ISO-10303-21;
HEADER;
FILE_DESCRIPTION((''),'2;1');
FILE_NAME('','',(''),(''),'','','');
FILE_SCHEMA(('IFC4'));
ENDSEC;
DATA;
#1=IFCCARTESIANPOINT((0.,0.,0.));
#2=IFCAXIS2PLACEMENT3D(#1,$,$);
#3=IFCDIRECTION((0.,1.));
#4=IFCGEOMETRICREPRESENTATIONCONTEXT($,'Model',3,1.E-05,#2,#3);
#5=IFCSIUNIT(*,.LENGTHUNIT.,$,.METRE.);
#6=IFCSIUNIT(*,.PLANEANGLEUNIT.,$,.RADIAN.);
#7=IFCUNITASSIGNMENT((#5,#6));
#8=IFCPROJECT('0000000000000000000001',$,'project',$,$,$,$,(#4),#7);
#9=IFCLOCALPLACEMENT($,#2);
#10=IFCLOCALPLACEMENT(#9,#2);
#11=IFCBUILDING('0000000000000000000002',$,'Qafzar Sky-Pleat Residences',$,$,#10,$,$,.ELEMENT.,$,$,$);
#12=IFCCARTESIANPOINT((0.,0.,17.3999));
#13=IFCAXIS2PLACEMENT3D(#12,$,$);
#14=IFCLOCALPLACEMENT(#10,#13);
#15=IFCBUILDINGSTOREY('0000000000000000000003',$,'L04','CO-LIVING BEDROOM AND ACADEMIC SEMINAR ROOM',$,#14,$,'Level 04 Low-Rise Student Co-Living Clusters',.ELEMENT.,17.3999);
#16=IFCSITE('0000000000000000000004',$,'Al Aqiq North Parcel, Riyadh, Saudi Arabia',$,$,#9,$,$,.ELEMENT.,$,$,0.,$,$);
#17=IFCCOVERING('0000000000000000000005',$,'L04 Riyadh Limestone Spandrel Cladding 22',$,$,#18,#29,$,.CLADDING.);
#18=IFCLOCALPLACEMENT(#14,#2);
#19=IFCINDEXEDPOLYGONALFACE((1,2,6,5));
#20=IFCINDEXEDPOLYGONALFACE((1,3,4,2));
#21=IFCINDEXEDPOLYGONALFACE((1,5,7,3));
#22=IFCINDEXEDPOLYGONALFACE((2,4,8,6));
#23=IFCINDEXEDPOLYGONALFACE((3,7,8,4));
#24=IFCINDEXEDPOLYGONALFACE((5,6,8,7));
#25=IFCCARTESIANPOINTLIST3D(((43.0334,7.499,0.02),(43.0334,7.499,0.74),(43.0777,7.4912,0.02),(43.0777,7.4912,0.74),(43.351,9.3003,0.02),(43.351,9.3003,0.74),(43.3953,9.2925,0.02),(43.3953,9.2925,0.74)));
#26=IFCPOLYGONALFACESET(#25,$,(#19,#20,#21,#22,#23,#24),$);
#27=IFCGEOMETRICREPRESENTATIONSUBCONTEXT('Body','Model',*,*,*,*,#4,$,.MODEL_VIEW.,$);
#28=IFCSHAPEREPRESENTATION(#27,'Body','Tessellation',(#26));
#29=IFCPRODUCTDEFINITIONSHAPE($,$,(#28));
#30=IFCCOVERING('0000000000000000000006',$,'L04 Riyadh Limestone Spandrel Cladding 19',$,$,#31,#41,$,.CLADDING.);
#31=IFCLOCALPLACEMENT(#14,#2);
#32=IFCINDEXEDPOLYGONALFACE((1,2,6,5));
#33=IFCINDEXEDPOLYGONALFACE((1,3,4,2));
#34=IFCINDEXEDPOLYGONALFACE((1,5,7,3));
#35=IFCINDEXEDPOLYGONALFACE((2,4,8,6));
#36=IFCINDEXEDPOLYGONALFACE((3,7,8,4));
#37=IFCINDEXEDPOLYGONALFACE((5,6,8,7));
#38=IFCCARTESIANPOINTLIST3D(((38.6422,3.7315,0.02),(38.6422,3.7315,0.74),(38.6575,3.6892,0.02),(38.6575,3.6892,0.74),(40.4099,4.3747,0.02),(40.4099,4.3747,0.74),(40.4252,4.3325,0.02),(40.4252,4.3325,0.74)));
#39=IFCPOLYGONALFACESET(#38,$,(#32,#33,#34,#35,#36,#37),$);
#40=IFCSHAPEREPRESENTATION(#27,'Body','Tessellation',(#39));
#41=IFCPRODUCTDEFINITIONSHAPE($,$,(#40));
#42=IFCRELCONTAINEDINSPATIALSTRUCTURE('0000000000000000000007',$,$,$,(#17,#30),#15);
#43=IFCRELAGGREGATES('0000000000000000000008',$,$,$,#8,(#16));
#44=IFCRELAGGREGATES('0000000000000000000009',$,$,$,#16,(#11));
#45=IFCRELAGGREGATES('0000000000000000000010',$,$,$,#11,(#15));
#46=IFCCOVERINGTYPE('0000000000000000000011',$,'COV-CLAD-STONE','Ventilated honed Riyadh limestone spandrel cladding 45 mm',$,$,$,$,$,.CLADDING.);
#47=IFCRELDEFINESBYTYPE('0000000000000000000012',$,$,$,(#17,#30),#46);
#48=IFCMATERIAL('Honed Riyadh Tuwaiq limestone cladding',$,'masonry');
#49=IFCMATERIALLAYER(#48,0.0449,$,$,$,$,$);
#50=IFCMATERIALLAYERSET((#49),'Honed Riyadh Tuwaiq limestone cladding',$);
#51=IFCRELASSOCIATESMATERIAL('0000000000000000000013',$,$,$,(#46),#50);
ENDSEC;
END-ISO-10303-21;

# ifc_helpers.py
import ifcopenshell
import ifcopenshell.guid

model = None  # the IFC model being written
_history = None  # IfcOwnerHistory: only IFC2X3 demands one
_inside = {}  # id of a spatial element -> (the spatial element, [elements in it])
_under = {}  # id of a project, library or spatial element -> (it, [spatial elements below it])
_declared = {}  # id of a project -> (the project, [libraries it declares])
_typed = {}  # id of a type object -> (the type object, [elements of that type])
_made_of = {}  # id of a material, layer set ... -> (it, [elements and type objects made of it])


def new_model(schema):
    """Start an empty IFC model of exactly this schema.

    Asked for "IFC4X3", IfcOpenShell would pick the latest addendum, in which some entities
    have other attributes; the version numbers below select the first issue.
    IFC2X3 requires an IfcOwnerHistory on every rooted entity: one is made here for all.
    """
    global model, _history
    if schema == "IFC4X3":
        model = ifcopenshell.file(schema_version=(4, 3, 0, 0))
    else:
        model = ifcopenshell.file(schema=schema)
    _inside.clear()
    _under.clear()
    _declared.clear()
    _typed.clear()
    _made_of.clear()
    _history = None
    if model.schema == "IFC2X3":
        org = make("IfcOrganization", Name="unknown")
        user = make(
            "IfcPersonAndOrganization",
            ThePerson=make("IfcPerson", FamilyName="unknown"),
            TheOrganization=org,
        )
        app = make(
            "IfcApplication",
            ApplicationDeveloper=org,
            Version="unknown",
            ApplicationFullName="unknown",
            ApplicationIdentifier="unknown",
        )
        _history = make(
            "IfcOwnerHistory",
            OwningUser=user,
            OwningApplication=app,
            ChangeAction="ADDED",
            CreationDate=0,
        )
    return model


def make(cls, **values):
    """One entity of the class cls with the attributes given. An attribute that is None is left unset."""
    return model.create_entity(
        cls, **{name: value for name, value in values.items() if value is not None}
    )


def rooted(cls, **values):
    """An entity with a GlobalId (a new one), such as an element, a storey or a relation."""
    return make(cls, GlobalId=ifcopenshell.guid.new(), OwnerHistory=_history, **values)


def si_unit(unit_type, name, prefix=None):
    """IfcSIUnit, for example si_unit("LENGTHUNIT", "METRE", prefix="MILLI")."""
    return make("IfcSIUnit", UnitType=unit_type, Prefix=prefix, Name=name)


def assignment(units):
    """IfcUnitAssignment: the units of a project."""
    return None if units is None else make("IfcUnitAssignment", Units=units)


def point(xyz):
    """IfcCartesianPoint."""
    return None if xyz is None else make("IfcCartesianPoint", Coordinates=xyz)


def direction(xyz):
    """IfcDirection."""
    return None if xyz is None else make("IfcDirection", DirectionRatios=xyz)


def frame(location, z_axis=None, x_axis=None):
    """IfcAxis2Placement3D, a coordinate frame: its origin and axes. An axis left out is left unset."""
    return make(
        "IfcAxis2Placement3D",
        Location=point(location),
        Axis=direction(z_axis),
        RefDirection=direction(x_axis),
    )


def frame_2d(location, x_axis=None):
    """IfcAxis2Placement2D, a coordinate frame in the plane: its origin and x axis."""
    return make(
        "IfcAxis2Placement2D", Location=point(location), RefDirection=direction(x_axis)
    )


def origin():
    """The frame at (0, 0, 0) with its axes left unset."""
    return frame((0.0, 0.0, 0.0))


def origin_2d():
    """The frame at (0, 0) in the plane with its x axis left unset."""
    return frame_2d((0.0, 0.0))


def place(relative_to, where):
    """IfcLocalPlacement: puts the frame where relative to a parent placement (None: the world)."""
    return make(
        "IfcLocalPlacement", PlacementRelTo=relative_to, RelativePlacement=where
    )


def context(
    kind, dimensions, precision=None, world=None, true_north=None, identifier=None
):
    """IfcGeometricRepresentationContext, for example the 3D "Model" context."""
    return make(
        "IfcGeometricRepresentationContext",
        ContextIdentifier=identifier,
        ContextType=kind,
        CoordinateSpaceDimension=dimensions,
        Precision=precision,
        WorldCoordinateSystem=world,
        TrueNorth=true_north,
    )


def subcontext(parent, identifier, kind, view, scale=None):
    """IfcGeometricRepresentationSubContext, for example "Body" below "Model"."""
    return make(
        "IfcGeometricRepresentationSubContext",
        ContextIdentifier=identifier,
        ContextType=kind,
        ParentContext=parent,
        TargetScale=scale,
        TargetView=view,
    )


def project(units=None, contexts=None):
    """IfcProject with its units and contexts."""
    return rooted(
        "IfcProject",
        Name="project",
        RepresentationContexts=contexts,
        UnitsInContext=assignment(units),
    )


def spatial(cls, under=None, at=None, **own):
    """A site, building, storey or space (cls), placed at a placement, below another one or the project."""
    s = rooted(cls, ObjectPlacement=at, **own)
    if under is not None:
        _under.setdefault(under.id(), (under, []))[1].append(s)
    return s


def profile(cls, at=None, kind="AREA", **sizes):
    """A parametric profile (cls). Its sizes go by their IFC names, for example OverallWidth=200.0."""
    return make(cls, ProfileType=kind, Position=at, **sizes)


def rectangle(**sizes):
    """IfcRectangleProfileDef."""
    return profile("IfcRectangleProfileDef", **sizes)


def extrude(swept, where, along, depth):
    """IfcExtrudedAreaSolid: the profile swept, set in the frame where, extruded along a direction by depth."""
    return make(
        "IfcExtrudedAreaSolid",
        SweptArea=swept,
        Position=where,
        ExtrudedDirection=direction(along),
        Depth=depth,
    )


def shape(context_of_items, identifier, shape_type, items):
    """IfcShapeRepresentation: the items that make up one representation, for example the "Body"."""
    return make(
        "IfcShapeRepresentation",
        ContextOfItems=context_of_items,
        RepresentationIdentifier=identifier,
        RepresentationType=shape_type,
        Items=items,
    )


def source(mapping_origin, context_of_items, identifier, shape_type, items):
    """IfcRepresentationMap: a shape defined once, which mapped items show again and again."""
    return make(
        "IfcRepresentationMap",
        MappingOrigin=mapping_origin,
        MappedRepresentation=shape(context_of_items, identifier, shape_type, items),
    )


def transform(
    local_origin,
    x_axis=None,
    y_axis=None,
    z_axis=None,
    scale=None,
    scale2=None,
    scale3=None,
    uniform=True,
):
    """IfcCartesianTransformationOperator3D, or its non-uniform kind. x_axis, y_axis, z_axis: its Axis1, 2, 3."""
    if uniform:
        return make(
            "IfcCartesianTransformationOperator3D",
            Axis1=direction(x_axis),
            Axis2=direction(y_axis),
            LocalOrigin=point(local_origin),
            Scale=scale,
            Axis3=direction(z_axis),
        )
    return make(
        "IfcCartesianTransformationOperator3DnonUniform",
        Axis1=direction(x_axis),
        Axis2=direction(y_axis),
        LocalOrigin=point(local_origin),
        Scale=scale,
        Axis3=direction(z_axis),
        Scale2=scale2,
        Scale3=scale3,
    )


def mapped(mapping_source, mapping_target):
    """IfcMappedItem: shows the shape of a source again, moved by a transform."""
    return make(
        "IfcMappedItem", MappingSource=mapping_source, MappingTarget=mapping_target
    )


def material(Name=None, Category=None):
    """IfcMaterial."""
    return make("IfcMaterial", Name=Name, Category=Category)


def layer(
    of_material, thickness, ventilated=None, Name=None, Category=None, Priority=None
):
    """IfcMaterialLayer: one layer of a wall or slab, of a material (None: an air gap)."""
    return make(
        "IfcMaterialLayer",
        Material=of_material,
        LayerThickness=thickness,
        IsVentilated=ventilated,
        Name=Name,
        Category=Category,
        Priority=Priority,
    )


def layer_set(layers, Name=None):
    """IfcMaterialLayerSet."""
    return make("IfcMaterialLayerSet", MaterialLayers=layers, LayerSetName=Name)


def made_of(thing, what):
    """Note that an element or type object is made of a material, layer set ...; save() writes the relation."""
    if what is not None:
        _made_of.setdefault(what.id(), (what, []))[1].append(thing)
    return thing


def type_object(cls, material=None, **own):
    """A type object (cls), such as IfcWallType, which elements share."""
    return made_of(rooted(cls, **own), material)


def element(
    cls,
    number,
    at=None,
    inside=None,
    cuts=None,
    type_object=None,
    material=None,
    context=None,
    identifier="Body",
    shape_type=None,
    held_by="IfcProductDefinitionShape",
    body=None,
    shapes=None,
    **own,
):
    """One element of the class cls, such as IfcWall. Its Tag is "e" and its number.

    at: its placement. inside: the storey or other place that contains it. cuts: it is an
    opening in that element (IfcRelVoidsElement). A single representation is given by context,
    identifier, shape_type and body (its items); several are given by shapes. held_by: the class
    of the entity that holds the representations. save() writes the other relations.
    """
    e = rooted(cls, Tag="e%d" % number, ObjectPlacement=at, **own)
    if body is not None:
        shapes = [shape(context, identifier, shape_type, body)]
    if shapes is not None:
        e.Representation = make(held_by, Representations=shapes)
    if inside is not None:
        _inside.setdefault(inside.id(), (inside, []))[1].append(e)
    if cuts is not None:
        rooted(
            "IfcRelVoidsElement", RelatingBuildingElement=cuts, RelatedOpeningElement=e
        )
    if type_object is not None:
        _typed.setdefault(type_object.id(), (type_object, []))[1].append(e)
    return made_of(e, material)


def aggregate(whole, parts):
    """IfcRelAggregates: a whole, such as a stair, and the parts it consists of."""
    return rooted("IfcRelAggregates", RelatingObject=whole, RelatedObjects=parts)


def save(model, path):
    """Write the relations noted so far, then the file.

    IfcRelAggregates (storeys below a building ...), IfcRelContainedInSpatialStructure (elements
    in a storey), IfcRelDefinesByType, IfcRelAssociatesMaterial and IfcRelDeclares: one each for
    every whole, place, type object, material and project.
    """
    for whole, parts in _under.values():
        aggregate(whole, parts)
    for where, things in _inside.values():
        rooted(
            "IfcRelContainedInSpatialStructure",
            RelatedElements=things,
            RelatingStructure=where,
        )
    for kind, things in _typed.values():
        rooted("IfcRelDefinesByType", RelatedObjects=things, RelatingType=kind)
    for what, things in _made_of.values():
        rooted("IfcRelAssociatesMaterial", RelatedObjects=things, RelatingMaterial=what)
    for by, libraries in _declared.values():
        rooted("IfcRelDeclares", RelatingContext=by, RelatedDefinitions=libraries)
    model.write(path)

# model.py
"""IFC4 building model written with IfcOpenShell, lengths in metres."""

from ifc_helpers import new_model, si_unit, direction, frame, origin, origin_2d, place, context, subcontext, project, spatial, rectangle, extrude, source, transform, mapped, material, layer, layer_set, type_object, element, save


model = new_model("IFC4")

# Units and contexts
model_context = context("Model", 3, precision=1e-05, world=origin(), true_north=direction((0.0, 1.0)))
body_context = subcontext(model_context, "Body", "Model", "MODEL_VIEW")
ifc_project = project(units=[si_unit("LENGTHUNIT", "METRE"), si_unit("PLANEANGLEUNIT", "RADIAN")], contexts=[model_context])

# Site, building, storey
site_placement = place(None, origin())
site = spatial("IfcSite", under=ifc_project, at=site_placement, Name="Al Aqiq North Parcel, Riyadh, Saudi Arabia", CompositionType="ELEMENT", RefElevation=0.0)
building_placement = place(site_placement, origin())
building = spatial("IfcBuilding", under=site, at=building_placement, Name="Qafzar Sky-Pleat Residences", CompositionType="ELEMENT")
storey_placement = place(building_placement, frame((0.0, 0.0, 17.3999)))
storey = spatial("IfcBuildingStorey", under=building, at=storey_placement, Name="L04", Description="CO-LIVING BEDROOM AND ACADEMIC SEMINAR ROOM", LongName="Level 04 Low-Rise Student Co-Living Clusters", CompositionType="ELEMENT", Elevation=17.3999)

# Covering
ifc_material_1 = material(Name="Honed Riyadh Tuwaiq limestone cladding", Category="masonry")
ifc_layer_1 = layer(ifc_material_1, 0.0449)
ifc_layer_set_1 = layer_set([ifc_layer_1], Name="Honed Riyadh Tuwaiq limestone cladding")
covering_type = type_object("IfcCoveringType", Name="COV-CLAD-STONE", Description="Ventilated honed Riyadh limestone spandrel cladding 45 mm", PredefinedType="CLADDING", material=ifc_layer_set_1)
shared_shape_1 = source(origin(), body_context, "Body", "SweptSolid", [
    extrude(rectangle(XDim=1.8291, YDim=0.0449, at=origin_2d()), origin(), (0.0, 0.0, 1.0), 0.72),
])
covering_1_placement = place(storey_placement, frame((43.2144, 8.3958, 0.02), z_axis=(0.0, 0.0, 1.0), x_axis=(0.173648, 0.984808, 0.0)))
element("IfcCovering", 1, at=covering_1_placement, inside=storey, type_object=covering_type, Name="L04 Riyadh Limestone Spandrel Cladding 22", PredefinedType="CLADDING", context=body_context, shape_type="MappedRepresentation", body=[
    mapped(shared_shape_1, transform((0.0, 0.0, 0.0), x_axis=(1.0, 0.0, 0.0), y_axis=(0.0, 1.0, 0.0), z_axis=(0.0, 0.0, 1.0), scale=1.0)),
])

# Covering
shared_shape_2 = source(origin(), body_context, "Body", "SweptSolid", [
    extrude(rectangle(XDim=1.8811, YDim=0.0449, at=origin_2d()), origin(), (0.0, 0.0, 1.0), 0.72),
])
covering_2_placement = place(storey_placement, frame((39.5337, 4.032, 0.02), z_axis=(0.0, 0.0, 1.0), x_axis=(0.939715, 0.341958, 0.0)))
element("IfcCovering", 2, at=covering_2_placement, inside=storey, type_object=covering_type, Name="L04 Riyadh Limestone Spandrel Cladding 19", PredefinedType="CLADDING", context=body_context, shape_type="MappedRepresentation", body=[
    mapped(shared_shape_2, transform((0.0, 0.0, 0.0), x_axis=(1.0, 0.0, 0.0), y_axis=(0.0, 1.0, 0.0), z_axis=(0.0, 0.0, 1.0), scale=1.0)),
])

save(model, "model.ifc")
